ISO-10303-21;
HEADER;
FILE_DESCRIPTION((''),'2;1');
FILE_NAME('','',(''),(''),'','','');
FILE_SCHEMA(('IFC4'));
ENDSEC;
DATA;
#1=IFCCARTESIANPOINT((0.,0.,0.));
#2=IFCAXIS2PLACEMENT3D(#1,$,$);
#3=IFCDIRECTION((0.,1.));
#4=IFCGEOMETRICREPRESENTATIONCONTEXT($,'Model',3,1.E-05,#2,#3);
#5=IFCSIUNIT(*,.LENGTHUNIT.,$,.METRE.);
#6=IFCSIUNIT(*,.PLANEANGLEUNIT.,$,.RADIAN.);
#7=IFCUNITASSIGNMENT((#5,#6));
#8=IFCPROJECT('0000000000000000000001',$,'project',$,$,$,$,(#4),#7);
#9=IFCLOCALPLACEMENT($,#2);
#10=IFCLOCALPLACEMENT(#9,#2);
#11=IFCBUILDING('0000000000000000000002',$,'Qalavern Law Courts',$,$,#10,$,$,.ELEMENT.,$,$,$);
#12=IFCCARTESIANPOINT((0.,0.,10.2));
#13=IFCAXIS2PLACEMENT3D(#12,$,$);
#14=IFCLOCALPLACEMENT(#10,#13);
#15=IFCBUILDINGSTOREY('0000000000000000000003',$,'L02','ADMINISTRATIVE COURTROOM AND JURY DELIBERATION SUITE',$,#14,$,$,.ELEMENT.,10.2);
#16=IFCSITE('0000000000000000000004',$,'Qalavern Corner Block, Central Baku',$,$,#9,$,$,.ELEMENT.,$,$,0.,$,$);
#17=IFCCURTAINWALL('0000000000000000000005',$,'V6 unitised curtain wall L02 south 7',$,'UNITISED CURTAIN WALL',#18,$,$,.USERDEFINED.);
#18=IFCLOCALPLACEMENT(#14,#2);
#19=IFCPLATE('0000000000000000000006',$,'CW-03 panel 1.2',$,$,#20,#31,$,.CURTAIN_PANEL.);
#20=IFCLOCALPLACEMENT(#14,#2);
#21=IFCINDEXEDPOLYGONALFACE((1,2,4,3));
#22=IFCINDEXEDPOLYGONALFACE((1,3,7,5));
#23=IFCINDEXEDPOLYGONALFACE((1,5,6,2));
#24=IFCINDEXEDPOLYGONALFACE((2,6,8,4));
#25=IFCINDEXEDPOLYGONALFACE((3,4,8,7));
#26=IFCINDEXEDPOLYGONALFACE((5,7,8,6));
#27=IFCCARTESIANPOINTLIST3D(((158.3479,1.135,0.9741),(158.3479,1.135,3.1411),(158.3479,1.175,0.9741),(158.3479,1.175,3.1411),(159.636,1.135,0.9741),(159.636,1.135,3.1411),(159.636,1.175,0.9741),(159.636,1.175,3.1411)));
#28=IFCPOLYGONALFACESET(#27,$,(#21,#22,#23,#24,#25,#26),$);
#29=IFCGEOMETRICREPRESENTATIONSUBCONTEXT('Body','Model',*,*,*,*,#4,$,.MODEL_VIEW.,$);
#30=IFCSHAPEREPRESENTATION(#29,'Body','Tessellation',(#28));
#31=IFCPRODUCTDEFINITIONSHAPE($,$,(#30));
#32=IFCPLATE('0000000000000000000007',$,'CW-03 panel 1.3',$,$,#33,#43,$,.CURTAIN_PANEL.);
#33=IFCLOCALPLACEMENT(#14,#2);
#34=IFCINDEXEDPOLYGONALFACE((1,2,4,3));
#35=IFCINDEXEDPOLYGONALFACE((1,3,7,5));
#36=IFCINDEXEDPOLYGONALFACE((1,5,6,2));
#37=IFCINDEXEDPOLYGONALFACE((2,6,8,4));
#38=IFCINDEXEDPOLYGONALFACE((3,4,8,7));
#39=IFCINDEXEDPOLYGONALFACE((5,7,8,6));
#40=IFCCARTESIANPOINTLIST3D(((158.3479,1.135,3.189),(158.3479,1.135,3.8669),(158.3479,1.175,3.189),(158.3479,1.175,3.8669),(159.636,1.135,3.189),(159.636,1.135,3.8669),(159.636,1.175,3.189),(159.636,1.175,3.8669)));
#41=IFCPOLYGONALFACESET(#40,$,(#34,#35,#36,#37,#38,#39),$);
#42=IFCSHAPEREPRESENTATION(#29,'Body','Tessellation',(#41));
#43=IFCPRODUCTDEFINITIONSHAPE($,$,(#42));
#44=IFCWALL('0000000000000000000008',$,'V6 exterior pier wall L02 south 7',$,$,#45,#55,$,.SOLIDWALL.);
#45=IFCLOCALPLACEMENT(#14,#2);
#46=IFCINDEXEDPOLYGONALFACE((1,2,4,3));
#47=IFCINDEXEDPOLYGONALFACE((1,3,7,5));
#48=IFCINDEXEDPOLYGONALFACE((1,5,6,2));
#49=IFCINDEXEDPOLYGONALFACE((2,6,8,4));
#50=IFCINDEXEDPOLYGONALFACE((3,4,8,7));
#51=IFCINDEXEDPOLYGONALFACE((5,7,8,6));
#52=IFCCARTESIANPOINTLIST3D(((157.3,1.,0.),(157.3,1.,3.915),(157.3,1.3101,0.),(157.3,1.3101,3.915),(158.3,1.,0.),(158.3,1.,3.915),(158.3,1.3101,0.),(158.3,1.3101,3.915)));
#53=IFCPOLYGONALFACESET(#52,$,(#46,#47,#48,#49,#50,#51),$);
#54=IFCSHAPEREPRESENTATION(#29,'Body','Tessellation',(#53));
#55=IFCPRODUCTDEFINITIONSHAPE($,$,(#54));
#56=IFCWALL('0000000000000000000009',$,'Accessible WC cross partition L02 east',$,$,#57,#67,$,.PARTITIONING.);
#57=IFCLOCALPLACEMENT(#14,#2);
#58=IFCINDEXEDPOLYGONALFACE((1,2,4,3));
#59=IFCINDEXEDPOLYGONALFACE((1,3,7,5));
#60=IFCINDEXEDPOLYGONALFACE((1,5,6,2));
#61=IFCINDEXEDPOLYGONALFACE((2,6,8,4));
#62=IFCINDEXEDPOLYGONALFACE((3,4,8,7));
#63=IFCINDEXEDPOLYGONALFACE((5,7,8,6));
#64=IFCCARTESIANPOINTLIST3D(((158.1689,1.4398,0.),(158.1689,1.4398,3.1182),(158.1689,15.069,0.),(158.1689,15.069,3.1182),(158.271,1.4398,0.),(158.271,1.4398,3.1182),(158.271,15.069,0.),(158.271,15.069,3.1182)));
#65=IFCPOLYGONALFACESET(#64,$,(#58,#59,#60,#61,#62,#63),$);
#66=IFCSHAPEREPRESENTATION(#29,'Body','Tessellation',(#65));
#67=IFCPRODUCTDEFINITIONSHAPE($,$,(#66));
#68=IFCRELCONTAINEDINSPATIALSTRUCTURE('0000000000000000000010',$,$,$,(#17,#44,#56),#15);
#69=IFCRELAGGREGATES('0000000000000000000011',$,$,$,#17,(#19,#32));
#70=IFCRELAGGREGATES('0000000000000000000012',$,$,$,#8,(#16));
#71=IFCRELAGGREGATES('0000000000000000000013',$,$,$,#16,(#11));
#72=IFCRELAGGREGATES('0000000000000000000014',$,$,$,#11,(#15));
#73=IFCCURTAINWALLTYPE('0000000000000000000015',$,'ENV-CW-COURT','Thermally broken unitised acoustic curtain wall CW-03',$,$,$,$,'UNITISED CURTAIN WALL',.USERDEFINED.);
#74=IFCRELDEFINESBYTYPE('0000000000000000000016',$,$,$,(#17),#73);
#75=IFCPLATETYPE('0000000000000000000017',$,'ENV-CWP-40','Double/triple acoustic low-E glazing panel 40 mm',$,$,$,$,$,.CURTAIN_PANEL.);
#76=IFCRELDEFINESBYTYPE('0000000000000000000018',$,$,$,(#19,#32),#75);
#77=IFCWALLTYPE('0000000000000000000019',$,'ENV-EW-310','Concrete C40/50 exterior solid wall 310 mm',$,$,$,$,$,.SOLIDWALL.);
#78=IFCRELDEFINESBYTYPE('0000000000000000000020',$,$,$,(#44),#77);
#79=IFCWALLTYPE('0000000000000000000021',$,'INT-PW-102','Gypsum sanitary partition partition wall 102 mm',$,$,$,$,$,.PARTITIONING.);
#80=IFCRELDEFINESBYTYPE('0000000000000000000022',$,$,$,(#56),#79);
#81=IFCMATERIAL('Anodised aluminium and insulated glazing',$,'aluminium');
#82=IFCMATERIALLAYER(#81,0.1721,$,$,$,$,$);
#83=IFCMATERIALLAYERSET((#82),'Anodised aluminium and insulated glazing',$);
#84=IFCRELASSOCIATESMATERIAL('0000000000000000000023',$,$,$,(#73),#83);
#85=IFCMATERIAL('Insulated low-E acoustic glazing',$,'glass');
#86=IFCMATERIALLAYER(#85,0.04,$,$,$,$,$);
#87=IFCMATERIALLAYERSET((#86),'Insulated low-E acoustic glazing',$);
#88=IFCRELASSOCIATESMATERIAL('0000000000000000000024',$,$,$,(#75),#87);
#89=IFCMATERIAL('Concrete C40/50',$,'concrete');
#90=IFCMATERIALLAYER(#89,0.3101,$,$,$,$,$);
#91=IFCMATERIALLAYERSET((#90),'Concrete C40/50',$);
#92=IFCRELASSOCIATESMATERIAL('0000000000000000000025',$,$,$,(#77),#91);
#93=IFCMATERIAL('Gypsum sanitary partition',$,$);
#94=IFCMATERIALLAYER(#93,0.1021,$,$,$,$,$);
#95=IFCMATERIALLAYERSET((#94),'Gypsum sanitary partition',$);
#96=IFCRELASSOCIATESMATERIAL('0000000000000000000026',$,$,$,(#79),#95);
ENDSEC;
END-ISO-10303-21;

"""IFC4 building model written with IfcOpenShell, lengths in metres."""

from ifc_helpers import new_model, si_unit, direction, frame, frame_2d, origin, origin_2d, place, context, subcontext, project, spatial, rectangle, extrude, material, layer, layer_set, type_object, element, aggregate, save


model = new_model("IFC4")

# Units and contexts
model_context = context("Model", 3, precision=1e-05, world=origin(), true_north=direction((0.0, 1.0)))
body_context = subcontext(model_context, "Body", "Model", "MODEL_VIEW")
ifc_project = project(units=[si_unit("LENGTHUNIT", "METRE"), si_unit("PLANEANGLEUNIT", "RADIAN")], contexts=[model_context])

# Site, building, storey
site_placement = place(None, origin())
site = spatial("IfcSite", under=ifc_project, at=site_placement, Name="Qalavern Corner Block, Central Baku", CompositionType="ELEMENT", RefElevation=0.0)
building_placement = place(site_placement, origin())
building = spatial("IfcBuilding", under=site, at=building_placement, Name="Qalavern Law Courts", CompositionType="ELEMENT")
storey_placement = place(building_placement, frame((0.0, 0.0, 10.2)))
storey = spatial("IfcBuildingStorey", under=building, at=storey_placement, Name="L02", Description="ADMINISTRATIVE COURTROOM AND JURY DELIBERATION SUITE", CompositionType="ELEMENT", Elevation=10.2)

# Shared definitions
ifc_material_1 = material(Name="Anodised aluminium and insulated glazing", Category="aluminium")
ifc_layer_1 = layer(ifc_material_1, 0.1721)
ifc_layer_set_1 = layer_set([ifc_layer_1], Name="Anodised aluminium and insulated glazing")
curtain_wall_type = type_object("IfcCurtainWallType", Name="ENV-CW-COURT", Description="Thermally broken unitised acoustic curtain wall CW-03", ElementType="UNITISED CURTAIN WALL", PredefinedType="USERDEFINED", material=ifc_layer_set_1)

# Curtain wall
curtain_wall_1_placement = place(storey_placement, origin())
curtain_wall_1 = element("IfcCurtainWall", 1, at=curtain_wall_1_placement, inside=storey, type_object=curtain_wall_type, Name="V6 unitised curtain wall L02 south 7", ObjectType="UNITISED CURTAIN WALL", PredefinedType="USERDEFINED")

# Shared definitions
ifc_material_2 = material(Name="Concrete C40/50", Category="concrete")

# Plates
ifc_material_3 = material(Name="Insulated low-E acoustic glazing", Category="glass")
ifc_layer_2 = layer(ifc_material_3, 0.04)
ifc_layer_set_2 = layer_set([ifc_layer_2], Name="Insulated low-E acoustic glazing")
plate_type_1 = type_object("IfcPlateType", Name="ENV-CWP-40", Description="Double/triple acoustic low-E glazing panel 40 mm", PredefinedType="CURTAIN_PANEL", material=ifc_layer_set_2)
plate_1_placement = place(storey_placement, frame((158.9919, 1.155, 0.9741), z_axis=(0.0, 0.0, 1.0), x_axis=(1.0, 0.0, 0.0)))
plate_1 = element("IfcPlate", 2, at=plate_1_placement, type_object=plate_type_1, Name="CW-03 panel 1.2", PredefinedType="CURTAIN_PANEL", context=body_context, shape_type="SweptSolid", body=[
    extrude(rectangle(XDim=1.2881, YDim=0.04, at=origin_2d()), origin(), (0.0, 0.0, 1.0), 2.167),
])
plate_2_placement = place(storey_placement, frame((158.9919, 1.155, 3.189), z_axis=(0.0, 0.0, 1.0), x_axis=(1.0, 0.0, 0.0)))
plate_2 = element("IfcPlate", 3, at=plate_2_placement, type_object=plate_type_1, Name="CW-03 panel 1.3", PredefinedType="CURTAIN_PANEL", context=body_context, shape_type="SweptSolid", body=[
    extrude(rectangle(XDim=1.2881, YDim=0.04, at=origin_2d()), origin(), (0.0, 0.0, 1.0), 0.678),
])
aggregate(curtain_wall_1, [plate_1, plate_2])

# Walls
ifc_layer_3 = layer(ifc_material_2, 0.3101)
ifc_layer_set_3 = layer_set([ifc_layer_3], Name="Concrete C40/50")
wall_type_1 = type_object("IfcWallType", Name="ENV-EW-310", Description="Concrete C40/50 exterior solid wall 310 mm", PredefinedType="SOLIDWALL", material=ifc_layer_set_3)
wall_1_placement = place(storey_placement, frame((157.3, 1.155, 0.0), z_axis=(0.0, 0.0, 1.0), x_axis=(1.0, 0.0, 0.0)))
element("IfcWall", 4, at=wall_1_placement, inside=storey, type_object=wall_type_1, Name="V6 exterior pier wall L02 south 7", PredefinedType="SOLIDWALL", context=body_context, shape_type="SweptSolid", body=[
    extrude(rectangle(XDim=1.0, YDim=0.3101, at=frame_2d((0.5, 0.0))), origin(), (0.0, 0.0, 1.0), 3.915),
])
ifc_material_4 = material(Name="Gypsum sanitary partition")
ifc_layer_4 = layer(ifc_material_4, 0.1021)
ifc_layer_set_4 = layer_set([ifc_layer_4], Name="Gypsum sanitary partition")
wall_type_2 = type_object("IfcWallType", Name="INT-PW-102", Description="Gypsum sanitary partition partition wall 102 mm", PredefinedType="PARTITIONING", material=ifc_layer_set_4)
wall_2_placement = place(storey_placement, frame((158.22, 1.4399, 0.0), z_axis=(0.0, 0.0, 1.0), x_axis=(0.0, 1.0, 0.0)))
element("IfcWall", 5, at=wall_2_placement, inside=storey, type_object=wall_type_2, Name="Accessible WC cross partition L02 east", PredefinedType="PARTITIONING", context=body_context, shape_type="SweptSolid", body=[
    extrude(rectangle(XDim=13.6292, YDim=0.1021, at=frame_2d((6.8145, 0.0))), origin(), (0.0, 0.0, 1.0), 3.1182),
])

save(model, "model.ifc")
